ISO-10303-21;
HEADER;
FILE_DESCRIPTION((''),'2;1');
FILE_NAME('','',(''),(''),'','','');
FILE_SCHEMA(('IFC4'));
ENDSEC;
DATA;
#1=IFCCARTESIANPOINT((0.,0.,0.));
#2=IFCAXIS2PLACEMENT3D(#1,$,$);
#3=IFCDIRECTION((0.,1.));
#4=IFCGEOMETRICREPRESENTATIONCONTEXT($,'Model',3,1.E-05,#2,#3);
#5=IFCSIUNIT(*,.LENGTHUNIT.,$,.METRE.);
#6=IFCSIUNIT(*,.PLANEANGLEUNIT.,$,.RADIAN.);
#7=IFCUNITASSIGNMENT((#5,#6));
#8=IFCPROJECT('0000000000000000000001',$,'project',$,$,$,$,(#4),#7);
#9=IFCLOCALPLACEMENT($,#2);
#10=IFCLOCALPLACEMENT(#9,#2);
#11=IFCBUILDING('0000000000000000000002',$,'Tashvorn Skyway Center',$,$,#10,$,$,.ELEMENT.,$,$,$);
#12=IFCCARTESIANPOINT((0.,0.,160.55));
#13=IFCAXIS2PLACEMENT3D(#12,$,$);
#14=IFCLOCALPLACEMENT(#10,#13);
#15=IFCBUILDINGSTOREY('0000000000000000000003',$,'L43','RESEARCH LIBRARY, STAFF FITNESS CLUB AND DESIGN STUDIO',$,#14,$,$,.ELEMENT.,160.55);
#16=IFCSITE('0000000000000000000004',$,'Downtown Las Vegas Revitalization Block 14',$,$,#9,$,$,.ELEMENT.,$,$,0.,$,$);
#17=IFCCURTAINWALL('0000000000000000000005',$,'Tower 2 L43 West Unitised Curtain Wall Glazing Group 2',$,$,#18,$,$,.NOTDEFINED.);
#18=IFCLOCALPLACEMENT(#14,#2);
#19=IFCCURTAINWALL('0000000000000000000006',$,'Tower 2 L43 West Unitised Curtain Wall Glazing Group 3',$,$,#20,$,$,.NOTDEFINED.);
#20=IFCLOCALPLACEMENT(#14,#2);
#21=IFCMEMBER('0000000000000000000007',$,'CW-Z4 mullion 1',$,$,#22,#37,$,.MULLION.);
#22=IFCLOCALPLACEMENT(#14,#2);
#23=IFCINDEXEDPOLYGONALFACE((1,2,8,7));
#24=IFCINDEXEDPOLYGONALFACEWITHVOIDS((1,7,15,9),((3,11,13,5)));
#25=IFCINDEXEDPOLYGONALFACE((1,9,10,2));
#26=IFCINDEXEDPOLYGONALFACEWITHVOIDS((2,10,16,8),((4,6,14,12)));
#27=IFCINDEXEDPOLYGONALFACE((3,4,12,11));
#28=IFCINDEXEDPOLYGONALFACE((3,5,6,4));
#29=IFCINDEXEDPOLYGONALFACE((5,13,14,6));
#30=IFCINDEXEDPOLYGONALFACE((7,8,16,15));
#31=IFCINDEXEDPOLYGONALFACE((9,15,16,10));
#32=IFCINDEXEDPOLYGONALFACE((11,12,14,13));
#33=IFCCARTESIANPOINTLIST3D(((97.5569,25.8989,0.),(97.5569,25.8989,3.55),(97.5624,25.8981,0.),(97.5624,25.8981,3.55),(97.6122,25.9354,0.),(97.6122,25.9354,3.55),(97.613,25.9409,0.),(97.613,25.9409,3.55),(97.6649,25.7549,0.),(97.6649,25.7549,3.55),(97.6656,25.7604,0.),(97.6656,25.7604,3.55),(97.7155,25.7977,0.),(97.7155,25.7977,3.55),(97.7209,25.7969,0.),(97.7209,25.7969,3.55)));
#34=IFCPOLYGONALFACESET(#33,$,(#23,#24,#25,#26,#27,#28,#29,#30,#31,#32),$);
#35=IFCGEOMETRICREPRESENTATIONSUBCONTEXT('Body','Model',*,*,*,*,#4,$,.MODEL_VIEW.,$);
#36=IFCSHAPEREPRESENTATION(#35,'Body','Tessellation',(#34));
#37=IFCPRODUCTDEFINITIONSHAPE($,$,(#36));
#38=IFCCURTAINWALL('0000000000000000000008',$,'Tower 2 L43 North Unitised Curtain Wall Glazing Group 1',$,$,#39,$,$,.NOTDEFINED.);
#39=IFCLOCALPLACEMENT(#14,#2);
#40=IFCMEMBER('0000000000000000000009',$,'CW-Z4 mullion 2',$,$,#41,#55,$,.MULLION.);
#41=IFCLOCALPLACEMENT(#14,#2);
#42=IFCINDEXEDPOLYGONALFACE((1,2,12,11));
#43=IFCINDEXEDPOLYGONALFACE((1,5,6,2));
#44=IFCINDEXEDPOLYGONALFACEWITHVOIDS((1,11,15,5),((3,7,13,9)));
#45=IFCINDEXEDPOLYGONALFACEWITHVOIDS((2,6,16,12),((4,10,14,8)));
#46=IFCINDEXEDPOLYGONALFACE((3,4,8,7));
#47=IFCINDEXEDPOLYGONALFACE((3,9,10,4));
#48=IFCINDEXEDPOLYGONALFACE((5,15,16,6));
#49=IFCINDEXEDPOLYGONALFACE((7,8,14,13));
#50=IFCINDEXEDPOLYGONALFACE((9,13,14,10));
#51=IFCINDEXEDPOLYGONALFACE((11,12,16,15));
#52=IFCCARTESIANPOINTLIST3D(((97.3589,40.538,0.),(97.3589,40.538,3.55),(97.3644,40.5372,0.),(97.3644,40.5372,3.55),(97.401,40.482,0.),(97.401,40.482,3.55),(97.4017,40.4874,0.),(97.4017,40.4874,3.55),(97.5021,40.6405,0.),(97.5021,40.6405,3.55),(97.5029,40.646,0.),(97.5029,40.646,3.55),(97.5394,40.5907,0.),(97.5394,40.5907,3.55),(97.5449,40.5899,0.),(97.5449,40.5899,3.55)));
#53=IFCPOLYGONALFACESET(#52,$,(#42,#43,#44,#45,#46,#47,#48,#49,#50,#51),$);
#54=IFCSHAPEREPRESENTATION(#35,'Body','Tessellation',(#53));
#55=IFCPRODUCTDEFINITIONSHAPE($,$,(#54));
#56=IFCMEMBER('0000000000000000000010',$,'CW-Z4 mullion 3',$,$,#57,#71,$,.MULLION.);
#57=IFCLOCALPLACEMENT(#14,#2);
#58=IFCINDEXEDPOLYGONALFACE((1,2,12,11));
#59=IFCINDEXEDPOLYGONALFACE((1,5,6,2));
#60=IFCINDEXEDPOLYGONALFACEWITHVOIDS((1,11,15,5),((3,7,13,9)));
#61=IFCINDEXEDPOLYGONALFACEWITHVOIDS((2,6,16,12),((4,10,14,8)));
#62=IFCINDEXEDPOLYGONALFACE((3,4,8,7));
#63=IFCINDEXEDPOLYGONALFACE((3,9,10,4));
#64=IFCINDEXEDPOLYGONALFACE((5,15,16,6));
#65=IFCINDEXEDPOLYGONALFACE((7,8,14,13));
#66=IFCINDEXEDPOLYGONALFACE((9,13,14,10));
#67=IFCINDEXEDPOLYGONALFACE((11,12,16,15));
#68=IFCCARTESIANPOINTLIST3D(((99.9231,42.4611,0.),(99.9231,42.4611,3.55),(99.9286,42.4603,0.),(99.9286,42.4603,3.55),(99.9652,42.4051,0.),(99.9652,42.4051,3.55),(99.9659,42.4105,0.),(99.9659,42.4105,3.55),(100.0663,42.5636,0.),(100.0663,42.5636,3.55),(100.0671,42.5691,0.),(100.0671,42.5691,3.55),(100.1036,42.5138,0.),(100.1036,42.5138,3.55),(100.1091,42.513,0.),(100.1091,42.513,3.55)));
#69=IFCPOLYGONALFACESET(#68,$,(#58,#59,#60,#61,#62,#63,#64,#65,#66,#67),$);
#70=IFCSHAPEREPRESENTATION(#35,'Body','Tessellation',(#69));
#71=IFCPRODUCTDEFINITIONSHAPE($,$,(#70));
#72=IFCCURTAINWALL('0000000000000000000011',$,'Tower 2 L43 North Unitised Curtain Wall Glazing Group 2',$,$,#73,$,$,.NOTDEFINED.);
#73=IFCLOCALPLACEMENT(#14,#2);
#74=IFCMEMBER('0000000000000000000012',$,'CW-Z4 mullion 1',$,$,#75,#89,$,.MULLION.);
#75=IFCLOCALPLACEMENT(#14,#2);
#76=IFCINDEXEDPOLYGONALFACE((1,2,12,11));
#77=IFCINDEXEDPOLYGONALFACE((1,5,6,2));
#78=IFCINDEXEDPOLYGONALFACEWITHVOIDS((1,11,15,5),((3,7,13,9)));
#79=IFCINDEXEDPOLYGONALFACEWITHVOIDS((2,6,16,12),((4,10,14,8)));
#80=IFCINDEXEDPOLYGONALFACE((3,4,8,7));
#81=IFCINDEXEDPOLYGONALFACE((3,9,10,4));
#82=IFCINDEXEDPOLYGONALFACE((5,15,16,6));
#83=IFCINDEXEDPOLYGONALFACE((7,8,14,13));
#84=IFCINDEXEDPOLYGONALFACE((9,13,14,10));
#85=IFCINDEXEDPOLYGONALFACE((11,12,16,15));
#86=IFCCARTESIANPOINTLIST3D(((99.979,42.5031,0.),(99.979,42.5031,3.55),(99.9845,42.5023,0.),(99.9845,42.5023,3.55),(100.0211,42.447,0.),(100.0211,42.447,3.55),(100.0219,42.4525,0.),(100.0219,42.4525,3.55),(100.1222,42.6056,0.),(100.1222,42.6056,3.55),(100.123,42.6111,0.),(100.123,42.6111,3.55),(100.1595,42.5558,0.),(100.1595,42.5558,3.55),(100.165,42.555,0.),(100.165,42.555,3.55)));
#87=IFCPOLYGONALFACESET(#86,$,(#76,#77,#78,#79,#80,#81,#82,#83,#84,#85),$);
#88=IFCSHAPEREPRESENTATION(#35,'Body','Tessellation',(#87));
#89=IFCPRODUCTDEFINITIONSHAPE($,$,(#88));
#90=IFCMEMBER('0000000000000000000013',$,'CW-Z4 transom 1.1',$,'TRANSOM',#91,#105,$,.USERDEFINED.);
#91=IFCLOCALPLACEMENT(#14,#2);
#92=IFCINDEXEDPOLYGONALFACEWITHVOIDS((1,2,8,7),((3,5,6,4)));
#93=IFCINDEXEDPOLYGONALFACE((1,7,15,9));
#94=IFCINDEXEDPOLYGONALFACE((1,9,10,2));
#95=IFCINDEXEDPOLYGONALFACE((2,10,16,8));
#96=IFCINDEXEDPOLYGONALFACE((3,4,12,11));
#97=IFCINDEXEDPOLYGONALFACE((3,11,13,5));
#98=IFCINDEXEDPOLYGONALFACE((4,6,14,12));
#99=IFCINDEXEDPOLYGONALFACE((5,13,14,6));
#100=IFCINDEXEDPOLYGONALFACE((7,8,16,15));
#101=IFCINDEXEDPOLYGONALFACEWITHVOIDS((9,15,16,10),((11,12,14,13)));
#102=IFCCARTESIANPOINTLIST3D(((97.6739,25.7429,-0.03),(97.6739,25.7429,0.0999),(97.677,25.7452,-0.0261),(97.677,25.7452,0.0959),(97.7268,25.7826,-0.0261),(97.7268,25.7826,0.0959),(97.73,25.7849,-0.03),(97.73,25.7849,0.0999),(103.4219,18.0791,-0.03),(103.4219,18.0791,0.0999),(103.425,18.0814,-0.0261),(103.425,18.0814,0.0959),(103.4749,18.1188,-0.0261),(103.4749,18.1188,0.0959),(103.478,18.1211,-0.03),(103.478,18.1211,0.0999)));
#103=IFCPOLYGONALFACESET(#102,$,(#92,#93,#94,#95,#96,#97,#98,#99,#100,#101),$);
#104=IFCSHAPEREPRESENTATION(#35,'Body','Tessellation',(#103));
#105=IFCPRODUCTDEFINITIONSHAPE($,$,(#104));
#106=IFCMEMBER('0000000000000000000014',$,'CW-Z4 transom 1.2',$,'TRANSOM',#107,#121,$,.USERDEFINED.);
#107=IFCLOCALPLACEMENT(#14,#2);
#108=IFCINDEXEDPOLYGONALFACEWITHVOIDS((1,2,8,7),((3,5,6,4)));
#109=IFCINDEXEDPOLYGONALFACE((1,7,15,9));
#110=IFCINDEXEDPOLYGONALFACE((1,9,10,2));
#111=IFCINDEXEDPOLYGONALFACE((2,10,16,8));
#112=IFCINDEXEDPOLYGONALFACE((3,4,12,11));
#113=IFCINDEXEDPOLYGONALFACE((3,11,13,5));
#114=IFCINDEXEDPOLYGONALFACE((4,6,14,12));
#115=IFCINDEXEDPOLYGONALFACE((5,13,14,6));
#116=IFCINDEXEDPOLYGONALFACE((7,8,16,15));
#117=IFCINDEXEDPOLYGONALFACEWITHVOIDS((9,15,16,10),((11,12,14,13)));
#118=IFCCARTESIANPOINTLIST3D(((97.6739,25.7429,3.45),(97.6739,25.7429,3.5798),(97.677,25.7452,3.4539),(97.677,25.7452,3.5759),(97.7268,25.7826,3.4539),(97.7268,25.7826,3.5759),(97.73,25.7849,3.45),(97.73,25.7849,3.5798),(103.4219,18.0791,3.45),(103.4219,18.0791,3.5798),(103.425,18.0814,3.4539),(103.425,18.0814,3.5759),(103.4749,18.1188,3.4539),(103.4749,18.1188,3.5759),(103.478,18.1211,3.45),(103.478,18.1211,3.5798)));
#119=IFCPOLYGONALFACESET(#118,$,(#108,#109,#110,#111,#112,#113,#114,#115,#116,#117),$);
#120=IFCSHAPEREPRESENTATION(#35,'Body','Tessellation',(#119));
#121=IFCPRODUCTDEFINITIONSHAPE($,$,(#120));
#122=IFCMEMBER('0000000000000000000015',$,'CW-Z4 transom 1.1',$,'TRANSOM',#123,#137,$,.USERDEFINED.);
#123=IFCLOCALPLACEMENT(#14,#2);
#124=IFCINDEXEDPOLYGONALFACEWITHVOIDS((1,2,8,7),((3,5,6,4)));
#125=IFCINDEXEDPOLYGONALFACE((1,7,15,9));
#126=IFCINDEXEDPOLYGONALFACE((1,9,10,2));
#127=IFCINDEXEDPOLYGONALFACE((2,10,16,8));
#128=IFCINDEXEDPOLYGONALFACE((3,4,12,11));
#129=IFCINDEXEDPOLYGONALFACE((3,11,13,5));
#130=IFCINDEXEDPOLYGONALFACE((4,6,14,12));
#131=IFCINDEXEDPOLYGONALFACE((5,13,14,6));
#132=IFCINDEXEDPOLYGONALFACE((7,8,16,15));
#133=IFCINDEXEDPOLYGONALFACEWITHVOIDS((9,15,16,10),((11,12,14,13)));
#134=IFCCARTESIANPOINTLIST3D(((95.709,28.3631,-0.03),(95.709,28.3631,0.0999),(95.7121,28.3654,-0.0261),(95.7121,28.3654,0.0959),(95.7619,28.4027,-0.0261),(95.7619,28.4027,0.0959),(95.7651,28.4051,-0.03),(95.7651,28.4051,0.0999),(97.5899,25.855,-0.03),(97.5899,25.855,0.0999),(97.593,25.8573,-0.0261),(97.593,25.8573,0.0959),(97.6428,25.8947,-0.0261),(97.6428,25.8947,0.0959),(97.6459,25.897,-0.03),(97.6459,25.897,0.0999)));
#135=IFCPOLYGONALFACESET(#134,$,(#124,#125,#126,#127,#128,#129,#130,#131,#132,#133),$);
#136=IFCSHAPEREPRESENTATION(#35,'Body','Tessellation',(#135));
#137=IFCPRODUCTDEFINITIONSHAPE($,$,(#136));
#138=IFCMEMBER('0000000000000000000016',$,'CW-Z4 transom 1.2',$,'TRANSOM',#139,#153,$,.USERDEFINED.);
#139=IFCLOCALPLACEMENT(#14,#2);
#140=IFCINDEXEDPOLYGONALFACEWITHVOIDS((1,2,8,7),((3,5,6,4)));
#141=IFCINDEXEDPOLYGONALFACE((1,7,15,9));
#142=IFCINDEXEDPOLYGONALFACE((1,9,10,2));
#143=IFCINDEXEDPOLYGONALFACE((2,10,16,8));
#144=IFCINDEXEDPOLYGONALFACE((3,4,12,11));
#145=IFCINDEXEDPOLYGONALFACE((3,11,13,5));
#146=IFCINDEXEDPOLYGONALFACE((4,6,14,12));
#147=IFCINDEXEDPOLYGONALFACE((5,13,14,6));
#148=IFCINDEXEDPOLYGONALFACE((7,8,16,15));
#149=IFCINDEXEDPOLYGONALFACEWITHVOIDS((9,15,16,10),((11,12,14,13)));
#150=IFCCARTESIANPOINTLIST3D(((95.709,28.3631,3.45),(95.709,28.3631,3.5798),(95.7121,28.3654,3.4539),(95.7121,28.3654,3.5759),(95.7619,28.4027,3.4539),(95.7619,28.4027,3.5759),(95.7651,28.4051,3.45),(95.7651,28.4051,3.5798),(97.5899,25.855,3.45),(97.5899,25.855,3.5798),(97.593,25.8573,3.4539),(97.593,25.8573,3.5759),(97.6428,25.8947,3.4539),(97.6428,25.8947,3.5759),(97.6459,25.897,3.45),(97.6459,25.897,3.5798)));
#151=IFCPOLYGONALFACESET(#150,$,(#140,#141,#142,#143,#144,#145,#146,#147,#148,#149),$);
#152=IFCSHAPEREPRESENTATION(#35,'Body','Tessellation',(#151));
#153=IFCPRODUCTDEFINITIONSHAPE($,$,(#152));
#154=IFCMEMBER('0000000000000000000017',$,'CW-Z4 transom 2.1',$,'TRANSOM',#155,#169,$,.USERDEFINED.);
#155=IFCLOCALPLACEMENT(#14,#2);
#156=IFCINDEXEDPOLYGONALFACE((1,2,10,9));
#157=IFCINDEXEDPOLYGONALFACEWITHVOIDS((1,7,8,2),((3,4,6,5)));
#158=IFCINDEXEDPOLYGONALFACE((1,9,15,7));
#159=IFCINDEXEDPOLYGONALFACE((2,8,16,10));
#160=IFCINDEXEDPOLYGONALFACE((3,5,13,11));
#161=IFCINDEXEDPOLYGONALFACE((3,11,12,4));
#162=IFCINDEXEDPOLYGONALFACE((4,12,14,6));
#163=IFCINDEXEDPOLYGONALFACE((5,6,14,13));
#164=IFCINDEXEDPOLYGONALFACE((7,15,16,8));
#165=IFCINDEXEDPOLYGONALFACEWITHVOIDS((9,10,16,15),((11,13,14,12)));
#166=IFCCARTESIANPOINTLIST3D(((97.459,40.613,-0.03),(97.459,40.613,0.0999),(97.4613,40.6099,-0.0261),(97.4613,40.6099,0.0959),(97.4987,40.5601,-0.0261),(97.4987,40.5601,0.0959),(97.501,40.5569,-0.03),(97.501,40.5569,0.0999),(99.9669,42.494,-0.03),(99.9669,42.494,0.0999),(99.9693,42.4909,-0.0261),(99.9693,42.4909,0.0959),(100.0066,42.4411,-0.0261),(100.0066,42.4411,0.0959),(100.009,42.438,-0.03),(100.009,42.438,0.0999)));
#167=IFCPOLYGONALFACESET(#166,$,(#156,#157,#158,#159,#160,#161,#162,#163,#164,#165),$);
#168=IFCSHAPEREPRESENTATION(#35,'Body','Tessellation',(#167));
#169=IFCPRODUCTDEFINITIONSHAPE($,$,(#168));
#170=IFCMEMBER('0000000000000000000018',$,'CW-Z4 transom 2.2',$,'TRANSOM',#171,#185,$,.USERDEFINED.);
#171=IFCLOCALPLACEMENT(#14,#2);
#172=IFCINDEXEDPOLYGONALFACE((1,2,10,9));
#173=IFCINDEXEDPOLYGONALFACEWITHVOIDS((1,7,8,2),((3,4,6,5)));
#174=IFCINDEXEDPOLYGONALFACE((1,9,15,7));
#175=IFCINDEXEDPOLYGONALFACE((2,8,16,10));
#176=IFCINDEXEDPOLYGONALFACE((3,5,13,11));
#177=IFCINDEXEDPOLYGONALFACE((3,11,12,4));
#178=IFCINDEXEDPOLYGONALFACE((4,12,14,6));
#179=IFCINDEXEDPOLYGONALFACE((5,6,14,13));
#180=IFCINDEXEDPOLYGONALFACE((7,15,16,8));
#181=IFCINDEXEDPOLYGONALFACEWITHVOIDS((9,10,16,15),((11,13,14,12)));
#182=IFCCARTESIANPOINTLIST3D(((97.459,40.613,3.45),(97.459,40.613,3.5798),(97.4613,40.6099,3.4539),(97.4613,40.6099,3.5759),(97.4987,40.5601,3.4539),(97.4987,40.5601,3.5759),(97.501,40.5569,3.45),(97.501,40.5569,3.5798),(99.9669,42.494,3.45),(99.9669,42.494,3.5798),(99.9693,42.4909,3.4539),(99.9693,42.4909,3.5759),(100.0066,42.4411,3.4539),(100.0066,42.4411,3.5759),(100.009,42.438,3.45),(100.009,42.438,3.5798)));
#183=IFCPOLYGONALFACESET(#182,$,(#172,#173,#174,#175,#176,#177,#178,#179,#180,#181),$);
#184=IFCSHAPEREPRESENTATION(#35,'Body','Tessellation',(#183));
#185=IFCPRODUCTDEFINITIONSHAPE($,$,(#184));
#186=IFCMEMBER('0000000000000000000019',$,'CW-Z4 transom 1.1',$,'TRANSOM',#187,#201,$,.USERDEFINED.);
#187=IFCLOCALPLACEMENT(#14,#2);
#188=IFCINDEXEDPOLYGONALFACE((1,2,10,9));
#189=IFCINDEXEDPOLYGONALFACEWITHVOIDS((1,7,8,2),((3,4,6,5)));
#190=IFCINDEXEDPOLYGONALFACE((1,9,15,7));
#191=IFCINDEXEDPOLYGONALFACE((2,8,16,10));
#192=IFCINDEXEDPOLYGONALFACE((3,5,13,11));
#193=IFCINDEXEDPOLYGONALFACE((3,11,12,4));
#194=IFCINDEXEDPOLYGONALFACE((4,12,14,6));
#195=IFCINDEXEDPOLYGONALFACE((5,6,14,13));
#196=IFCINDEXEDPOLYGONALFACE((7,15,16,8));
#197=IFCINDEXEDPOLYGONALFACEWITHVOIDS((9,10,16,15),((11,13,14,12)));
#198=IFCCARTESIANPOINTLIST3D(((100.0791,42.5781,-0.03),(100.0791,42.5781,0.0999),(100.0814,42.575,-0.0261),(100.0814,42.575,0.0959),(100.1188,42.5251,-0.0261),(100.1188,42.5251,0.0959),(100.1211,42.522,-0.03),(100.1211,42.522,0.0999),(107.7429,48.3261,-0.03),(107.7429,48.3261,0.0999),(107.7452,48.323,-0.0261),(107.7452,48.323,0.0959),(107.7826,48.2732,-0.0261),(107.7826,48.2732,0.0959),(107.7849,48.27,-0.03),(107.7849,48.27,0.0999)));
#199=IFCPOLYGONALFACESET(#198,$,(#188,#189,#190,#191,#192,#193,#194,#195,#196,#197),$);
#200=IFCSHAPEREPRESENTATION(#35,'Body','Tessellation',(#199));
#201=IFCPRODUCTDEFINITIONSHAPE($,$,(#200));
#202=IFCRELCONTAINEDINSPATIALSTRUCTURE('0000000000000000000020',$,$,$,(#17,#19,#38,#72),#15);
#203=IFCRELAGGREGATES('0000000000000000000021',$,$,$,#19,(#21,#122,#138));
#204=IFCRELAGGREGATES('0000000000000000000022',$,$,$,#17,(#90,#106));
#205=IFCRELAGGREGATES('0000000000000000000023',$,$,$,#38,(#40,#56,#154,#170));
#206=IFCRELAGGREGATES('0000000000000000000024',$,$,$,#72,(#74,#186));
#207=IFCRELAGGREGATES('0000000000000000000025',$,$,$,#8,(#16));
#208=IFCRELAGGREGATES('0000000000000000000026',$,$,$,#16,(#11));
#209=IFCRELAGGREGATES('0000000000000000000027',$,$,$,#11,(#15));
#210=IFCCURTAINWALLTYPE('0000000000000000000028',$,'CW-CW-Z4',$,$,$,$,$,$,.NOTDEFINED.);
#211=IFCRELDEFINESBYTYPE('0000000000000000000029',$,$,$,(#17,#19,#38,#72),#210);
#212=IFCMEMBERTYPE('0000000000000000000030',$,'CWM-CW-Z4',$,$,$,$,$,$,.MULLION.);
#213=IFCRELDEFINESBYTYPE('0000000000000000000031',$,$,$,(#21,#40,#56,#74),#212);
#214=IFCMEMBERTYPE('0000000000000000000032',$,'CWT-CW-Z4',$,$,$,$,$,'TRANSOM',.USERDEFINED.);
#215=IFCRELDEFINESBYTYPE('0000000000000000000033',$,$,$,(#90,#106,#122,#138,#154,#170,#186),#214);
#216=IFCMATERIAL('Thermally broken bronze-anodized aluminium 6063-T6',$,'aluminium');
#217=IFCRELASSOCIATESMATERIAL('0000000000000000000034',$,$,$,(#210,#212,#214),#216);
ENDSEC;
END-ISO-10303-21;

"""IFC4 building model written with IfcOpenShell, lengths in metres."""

from ifc_helpers import new_model, si_unit, direction, frame, origin, origin_2d, place, context, subcontext, project, spatial, hollow_rectangle, extrude, material, material_profile, profile_set, type_object, element, aggregate, save


model = new_model("IFC4")

# Units and contexts
model_context = context("Model", 3, precision=1e-05, world=origin(), true_north=direction((0.0, 1.0)))
body_context = subcontext(model_context, "Body", "Model", "MODEL_VIEW")
ifc_project = project(units=[si_unit("LENGTHUNIT", "METRE"), si_unit("PLANEANGLEUNIT", "RADIAN")], contexts=[model_context])

# Site, building, storey
site_placement = place(None, origin())
site = spatial("IfcSite", under=ifc_project, at=site_placement, Name="Downtown Las Vegas Revitalization Block 14", CompositionType="ELEMENT", RefElevation=0.0)
building_placement = place(site_placement, origin())
building = spatial("IfcBuilding", under=site, at=building_placement, Name="Tashvorn Skyway Center", CompositionType="ELEMENT")
storey_placement = place(building_placement, frame((0.0, 0.0, 160.55)))
storey = spatial("IfcBuildingStorey", under=building, at=storey_placement, Name="L43", Description="RESEARCH LIBRARY, STAFF FITNESS CLUB AND DESIGN STUDIO", CompositionType="ELEMENT", Elevation=160.55)

# Shared definitions
ifc_material_1 = material(Name="Thermally broken bronze-anodized aluminium 6063-T6", Category="aluminium")
curtain_wall_type = type_object("IfcCurtainWallType", Name="CW-CW-Z4", PredefinedType="NOTDEFINED", material=ifc_material_1)
ifc_material_profile_1 = material_profile(ifc_material_1, hollow_rectangle(XDim=0.0701, YDim=0.1799, WallThickness=0.0039, at=origin_2d()), Name="ALU-MULL-70x180")
ifc_profile_set_1 = profile_set([ifc_material_profile_1], Name="Thermally broken bronze-anodized aluminium 6063-T6")
member_type_1 = type_object("IfcMemberType", Name="CWM-CW-Z4", PredefinedType="MULLION", material=ifc_profile_set_1)

# Curtain wall
curtain_wall_1_placement = place(storey_placement, origin())
curtain_wall_1 = element("IfcCurtainWall", 1, at=curtain_wall_1_placement, inside=storey, type_object=curtain_wall_type, Name="Tower 2 L43 West Unitised Curtain Wall Glazing Group 2", PredefinedType="NOTDEFINED")

# Curtain wall, member
curtain_wall_2_placement = place(storey_placement, origin())
curtain_wall_2 = element("IfcCurtainWall", 2, at=curtain_wall_2_placement, inside=storey, type_object=curtain_wall_type, Name="Tower 2 L43 West Unitised Curtain Wall Glazing Group 3", PredefinedType="NOTDEFINED")
member_1_placement = place(storey_placement, frame((97.6389, 25.8479, 0.0), z_axis=(0.0, 0.0, 1.0), x_axis=(-0.8, -0.6, 0.0)))
member_1 = element("IfcMember", 3, at=member_1_placement, type_object=member_type_1, Name="CW-Z4 mullion 1", PredefinedType="MULLION", context=body_context, shape_type="SweptSolid", body=[
    extrude(hollow_rectangle(XDim=0.0701, YDim=0.1799, WallThickness=0.0039, at=origin_2d()), origin(), (0.0, 0.0, 1.0), 3.55),
])

# Curtain wall, members
curtain_wall_3_placement = place(storey_placement, origin())
curtain_wall_3 = element("IfcCurtainWall", 4, at=curtain_wall_3_placement, inside=storey, type_object=curtain_wall_type, Name="Tower 2 L43 North Unitised Curtain Wall Glazing Group 1", PredefinedType="NOTDEFINED")
member_2_placement = place(storey_placement, frame((97.4519, 40.564, 0.0), z_axis=(0.0, 0.0, 1.0), x_axis=(-0.6, 0.8, 0.0)))
member_2 = element("IfcMember", 5, at=member_2_placement, type_object=member_type_1, Name="CW-Z4 mullion 2", PredefinedType="MULLION", context=body_context, shape_type="SweptSolid", body=[
    extrude(hollow_rectangle(XDim=0.0701, YDim=0.1799, WallThickness=0.0039, at=origin_2d()), origin(), (0.0, 0.0, 1.0), 3.55),
])
member_3_placement = place(storey_placement, frame((100.0161, 42.4871, 0.0), z_axis=(0.0, 0.0, 1.0), x_axis=(-0.6, 0.8, 0.0)))
member_3 = element("IfcMember", 6, at=member_3_placement, type_object=member_type_1, Name="CW-Z4 mullion 3", PredefinedType="MULLION", context=body_context, shape_type="SweptSolid", body=[
    extrude(hollow_rectangle(XDim=0.0701, YDim=0.1799, WallThickness=0.0039, at=origin_2d()), origin(), (0.0, 0.0, 1.0), 3.55),
])

# Curtain wall, member
curtain_wall_4_placement = place(storey_placement, origin())
curtain_wall_4 = element("IfcCurtainWall", 7, at=curtain_wall_4_placement, inside=storey, type_object=curtain_wall_type, Name="Tower 2 L43 North Unitised Curtain Wall Glazing Group 2", PredefinedType="NOTDEFINED")
member_4_placement = place(storey_placement, frame((100.072, 42.5291, 0.0), z_axis=(0.0, 0.0, 1.0), x_axis=(-0.6, 0.8, 0.0)))
member_4 = element("IfcMember", 8, at=member_4_placement, type_object=member_type_1, Name="CW-Z4 mullion 1", PredefinedType="MULLION", context=body_context, shape_type="SweptSolid", body=[
    extrude(hollow_rectangle(XDim=0.0701, YDim=0.1799, WallThickness=0.0039, at=origin_2d()), origin(), (0.0, 0.0, 1.0), 3.55),
])

# Members
ifc_material_profile_2 = material_profile(ifc_material_1, hollow_rectangle(XDim=0.0701, YDim=0.1299, WallThickness=0.0039, at=origin_2d()), Name="ALU-TRAN-70x130")
ifc_profile_set_2 = profile_set([ifc_material_profile_2], Name="Thermally broken bronze-anodized aluminium 6063-T6")
member_type_2 = type_object("IfcMemberType", Name="CWT-CW-Z4", ElementType="TRANSOM", PredefinedType="USERDEFINED", material=ifc_profile_set_2)
member_5_placement = place(storey_placement, frame((103.45, 18.1001, 0.0349), z_axis=(-0.600012, 0.799991, 0.0), x_axis=(-0.799991, -0.600012, 0.0)))
member_5 = element("IfcMember", 9, at=member_5_placement, type_object=member_type_2, Name="CW-Z4 transom 1.1", ObjectType="TRANSOM", PredefinedType="USERDEFINED", context=body_context, shape_type="SweptSolid", body=[
    extrude(hollow_rectangle(XDim=0.0701, YDim=0.1299, WallThickness=0.0039, at=origin_2d()), origin(), (0.0, 0.0, 1.0), 9.5798),
])
member_6_placement = place(storey_placement, frame((103.45, 18.1001, 3.5149), z_axis=(-0.600012, 0.799991, 0.0), x_axis=(-0.799991, -0.600012, 0.0)))
member_6 = element("IfcMember", 10, at=member_6_placement, type_object=member_type_2, Name="CW-Z4 transom 1.2", ObjectType="TRANSOM", PredefinedType="USERDEFINED", context=body_context, shape_type="SweptSolid", body=[
    extrude(hollow_rectangle(XDim=0.0701, YDim=0.1299, WallThickness=0.0039, at=origin_2d()), origin(), (0.0, 0.0, 1.0), 9.5798),
])
member_7_placement = place(storey_placement, frame((97.6179, 25.876, 0.0349), z_axis=(-0.599963, 0.800028, 0.0), x_axis=(-0.800028, -0.599963, 0.0)))
member_7 = element("IfcMember", 11, at=member_7_placement, type_object=member_type_2, Name="CW-Z4 transom 1.1", ObjectType="TRANSOM", PredefinedType="USERDEFINED", context=body_context, shape_type="SweptSolid", body=[
    extrude(hollow_rectangle(XDim=0.0701, YDim=0.1299, WallThickness=0.0039, at=origin_2d()), origin(), (0.0, 0.0, 1.0), 3.135),
])
member_8_placement = place(storey_placement, frame((97.6179, 25.876, 3.5149), z_axis=(-0.599963, 0.800028, 0.0), x_axis=(-0.800028, -0.599963, 0.0)))
member_8 = element("IfcMember", 12, at=member_8_placement, type_object=member_type_2, Name="CW-Z4 transom 1.2", ObjectType="TRANSOM", PredefinedType="USERDEFINED", context=body_context, shape_type="SweptSolid", body=[
    extrude(hollow_rectangle(XDim=0.0701, YDim=0.1299, WallThickness=0.0039, at=origin_2d()), origin(), (0.0, 0.0, 1.0), 3.135),
])
aggregate(curtain_wall_2, [member_1, member_7, member_8])
member_9_placement = place(storey_placement, frame((97.48, 40.585, 0.0349), z_axis=(0.799991, 0.600012, 0.0), x_axis=(-0.600012, 0.799991, 0.0)))
member_9 = element("IfcMember", 13, at=member_9_placement, type_object=member_type_2, Name="CW-Z4 transom 2.1", ObjectType="TRANSOM", PredefinedType="USERDEFINED", context=body_context, shape_type="SweptSolid", body=[
    extrude(hollow_rectangle(XDim=0.0701, YDim=0.1299, WallThickness=0.0039, at=origin_2d()), origin(), (0.0, 0.0, 1.0), 3.135),
])
member_10_placement = place(storey_placement, frame((97.48, 40.585, 3.5149), z_axis=(0.799991, 0.600012, 0.0), x_axis=(-0.600012, 0.799991, 0.0)))
member_10 = element("IfcMember", 14, at=member_10_placement, type_object=member_type_2, Name="CW-Z4 transom 2.2", ObjectType="TRANSOM", PredefinedType="USERDEFINED", context=body_context, shape_type="SweptSolid", body=[
    extrude(hollow_rectangle(XDim=0.0701, YDim=0.1299, WallThickness=0.0039, at=origin_2d()), origin(), (0.0, 0.0, 1.0), 3.135),
])
member_11_placement = place(storey_placement, frame((100.1001, 42.55, 0.0349), z_axis=(0.799991, 0.600012, 0.0), x_axis=(-0.600012, 0.799991, 0.0)))
member_11 = element("IfcMember", 15, at=member_11_placement, type_object=member_type_2, Name="CW-Z4 transom 1.1", ObjectType="TRANSOM", PredefinedType="USERDEFINED", context=body_context, shape_type="SweptSolid", body=[
    extrude(hollow_rectangle(XDim=0.0701, YDim=0.1299, WallThickness=0.0039, at=origin_2d()), origin(), (0.0, 0.0, 1.0), 9.5798),
])

aggregate(curtain_wall_1, [member_5, member_6])
aggregate(curtain_wall_3, [member_2, member_3, member_9, member_10])
aggregate(curtain_wall_4, [member_4, member_11])

save(model, "model.ifc")
